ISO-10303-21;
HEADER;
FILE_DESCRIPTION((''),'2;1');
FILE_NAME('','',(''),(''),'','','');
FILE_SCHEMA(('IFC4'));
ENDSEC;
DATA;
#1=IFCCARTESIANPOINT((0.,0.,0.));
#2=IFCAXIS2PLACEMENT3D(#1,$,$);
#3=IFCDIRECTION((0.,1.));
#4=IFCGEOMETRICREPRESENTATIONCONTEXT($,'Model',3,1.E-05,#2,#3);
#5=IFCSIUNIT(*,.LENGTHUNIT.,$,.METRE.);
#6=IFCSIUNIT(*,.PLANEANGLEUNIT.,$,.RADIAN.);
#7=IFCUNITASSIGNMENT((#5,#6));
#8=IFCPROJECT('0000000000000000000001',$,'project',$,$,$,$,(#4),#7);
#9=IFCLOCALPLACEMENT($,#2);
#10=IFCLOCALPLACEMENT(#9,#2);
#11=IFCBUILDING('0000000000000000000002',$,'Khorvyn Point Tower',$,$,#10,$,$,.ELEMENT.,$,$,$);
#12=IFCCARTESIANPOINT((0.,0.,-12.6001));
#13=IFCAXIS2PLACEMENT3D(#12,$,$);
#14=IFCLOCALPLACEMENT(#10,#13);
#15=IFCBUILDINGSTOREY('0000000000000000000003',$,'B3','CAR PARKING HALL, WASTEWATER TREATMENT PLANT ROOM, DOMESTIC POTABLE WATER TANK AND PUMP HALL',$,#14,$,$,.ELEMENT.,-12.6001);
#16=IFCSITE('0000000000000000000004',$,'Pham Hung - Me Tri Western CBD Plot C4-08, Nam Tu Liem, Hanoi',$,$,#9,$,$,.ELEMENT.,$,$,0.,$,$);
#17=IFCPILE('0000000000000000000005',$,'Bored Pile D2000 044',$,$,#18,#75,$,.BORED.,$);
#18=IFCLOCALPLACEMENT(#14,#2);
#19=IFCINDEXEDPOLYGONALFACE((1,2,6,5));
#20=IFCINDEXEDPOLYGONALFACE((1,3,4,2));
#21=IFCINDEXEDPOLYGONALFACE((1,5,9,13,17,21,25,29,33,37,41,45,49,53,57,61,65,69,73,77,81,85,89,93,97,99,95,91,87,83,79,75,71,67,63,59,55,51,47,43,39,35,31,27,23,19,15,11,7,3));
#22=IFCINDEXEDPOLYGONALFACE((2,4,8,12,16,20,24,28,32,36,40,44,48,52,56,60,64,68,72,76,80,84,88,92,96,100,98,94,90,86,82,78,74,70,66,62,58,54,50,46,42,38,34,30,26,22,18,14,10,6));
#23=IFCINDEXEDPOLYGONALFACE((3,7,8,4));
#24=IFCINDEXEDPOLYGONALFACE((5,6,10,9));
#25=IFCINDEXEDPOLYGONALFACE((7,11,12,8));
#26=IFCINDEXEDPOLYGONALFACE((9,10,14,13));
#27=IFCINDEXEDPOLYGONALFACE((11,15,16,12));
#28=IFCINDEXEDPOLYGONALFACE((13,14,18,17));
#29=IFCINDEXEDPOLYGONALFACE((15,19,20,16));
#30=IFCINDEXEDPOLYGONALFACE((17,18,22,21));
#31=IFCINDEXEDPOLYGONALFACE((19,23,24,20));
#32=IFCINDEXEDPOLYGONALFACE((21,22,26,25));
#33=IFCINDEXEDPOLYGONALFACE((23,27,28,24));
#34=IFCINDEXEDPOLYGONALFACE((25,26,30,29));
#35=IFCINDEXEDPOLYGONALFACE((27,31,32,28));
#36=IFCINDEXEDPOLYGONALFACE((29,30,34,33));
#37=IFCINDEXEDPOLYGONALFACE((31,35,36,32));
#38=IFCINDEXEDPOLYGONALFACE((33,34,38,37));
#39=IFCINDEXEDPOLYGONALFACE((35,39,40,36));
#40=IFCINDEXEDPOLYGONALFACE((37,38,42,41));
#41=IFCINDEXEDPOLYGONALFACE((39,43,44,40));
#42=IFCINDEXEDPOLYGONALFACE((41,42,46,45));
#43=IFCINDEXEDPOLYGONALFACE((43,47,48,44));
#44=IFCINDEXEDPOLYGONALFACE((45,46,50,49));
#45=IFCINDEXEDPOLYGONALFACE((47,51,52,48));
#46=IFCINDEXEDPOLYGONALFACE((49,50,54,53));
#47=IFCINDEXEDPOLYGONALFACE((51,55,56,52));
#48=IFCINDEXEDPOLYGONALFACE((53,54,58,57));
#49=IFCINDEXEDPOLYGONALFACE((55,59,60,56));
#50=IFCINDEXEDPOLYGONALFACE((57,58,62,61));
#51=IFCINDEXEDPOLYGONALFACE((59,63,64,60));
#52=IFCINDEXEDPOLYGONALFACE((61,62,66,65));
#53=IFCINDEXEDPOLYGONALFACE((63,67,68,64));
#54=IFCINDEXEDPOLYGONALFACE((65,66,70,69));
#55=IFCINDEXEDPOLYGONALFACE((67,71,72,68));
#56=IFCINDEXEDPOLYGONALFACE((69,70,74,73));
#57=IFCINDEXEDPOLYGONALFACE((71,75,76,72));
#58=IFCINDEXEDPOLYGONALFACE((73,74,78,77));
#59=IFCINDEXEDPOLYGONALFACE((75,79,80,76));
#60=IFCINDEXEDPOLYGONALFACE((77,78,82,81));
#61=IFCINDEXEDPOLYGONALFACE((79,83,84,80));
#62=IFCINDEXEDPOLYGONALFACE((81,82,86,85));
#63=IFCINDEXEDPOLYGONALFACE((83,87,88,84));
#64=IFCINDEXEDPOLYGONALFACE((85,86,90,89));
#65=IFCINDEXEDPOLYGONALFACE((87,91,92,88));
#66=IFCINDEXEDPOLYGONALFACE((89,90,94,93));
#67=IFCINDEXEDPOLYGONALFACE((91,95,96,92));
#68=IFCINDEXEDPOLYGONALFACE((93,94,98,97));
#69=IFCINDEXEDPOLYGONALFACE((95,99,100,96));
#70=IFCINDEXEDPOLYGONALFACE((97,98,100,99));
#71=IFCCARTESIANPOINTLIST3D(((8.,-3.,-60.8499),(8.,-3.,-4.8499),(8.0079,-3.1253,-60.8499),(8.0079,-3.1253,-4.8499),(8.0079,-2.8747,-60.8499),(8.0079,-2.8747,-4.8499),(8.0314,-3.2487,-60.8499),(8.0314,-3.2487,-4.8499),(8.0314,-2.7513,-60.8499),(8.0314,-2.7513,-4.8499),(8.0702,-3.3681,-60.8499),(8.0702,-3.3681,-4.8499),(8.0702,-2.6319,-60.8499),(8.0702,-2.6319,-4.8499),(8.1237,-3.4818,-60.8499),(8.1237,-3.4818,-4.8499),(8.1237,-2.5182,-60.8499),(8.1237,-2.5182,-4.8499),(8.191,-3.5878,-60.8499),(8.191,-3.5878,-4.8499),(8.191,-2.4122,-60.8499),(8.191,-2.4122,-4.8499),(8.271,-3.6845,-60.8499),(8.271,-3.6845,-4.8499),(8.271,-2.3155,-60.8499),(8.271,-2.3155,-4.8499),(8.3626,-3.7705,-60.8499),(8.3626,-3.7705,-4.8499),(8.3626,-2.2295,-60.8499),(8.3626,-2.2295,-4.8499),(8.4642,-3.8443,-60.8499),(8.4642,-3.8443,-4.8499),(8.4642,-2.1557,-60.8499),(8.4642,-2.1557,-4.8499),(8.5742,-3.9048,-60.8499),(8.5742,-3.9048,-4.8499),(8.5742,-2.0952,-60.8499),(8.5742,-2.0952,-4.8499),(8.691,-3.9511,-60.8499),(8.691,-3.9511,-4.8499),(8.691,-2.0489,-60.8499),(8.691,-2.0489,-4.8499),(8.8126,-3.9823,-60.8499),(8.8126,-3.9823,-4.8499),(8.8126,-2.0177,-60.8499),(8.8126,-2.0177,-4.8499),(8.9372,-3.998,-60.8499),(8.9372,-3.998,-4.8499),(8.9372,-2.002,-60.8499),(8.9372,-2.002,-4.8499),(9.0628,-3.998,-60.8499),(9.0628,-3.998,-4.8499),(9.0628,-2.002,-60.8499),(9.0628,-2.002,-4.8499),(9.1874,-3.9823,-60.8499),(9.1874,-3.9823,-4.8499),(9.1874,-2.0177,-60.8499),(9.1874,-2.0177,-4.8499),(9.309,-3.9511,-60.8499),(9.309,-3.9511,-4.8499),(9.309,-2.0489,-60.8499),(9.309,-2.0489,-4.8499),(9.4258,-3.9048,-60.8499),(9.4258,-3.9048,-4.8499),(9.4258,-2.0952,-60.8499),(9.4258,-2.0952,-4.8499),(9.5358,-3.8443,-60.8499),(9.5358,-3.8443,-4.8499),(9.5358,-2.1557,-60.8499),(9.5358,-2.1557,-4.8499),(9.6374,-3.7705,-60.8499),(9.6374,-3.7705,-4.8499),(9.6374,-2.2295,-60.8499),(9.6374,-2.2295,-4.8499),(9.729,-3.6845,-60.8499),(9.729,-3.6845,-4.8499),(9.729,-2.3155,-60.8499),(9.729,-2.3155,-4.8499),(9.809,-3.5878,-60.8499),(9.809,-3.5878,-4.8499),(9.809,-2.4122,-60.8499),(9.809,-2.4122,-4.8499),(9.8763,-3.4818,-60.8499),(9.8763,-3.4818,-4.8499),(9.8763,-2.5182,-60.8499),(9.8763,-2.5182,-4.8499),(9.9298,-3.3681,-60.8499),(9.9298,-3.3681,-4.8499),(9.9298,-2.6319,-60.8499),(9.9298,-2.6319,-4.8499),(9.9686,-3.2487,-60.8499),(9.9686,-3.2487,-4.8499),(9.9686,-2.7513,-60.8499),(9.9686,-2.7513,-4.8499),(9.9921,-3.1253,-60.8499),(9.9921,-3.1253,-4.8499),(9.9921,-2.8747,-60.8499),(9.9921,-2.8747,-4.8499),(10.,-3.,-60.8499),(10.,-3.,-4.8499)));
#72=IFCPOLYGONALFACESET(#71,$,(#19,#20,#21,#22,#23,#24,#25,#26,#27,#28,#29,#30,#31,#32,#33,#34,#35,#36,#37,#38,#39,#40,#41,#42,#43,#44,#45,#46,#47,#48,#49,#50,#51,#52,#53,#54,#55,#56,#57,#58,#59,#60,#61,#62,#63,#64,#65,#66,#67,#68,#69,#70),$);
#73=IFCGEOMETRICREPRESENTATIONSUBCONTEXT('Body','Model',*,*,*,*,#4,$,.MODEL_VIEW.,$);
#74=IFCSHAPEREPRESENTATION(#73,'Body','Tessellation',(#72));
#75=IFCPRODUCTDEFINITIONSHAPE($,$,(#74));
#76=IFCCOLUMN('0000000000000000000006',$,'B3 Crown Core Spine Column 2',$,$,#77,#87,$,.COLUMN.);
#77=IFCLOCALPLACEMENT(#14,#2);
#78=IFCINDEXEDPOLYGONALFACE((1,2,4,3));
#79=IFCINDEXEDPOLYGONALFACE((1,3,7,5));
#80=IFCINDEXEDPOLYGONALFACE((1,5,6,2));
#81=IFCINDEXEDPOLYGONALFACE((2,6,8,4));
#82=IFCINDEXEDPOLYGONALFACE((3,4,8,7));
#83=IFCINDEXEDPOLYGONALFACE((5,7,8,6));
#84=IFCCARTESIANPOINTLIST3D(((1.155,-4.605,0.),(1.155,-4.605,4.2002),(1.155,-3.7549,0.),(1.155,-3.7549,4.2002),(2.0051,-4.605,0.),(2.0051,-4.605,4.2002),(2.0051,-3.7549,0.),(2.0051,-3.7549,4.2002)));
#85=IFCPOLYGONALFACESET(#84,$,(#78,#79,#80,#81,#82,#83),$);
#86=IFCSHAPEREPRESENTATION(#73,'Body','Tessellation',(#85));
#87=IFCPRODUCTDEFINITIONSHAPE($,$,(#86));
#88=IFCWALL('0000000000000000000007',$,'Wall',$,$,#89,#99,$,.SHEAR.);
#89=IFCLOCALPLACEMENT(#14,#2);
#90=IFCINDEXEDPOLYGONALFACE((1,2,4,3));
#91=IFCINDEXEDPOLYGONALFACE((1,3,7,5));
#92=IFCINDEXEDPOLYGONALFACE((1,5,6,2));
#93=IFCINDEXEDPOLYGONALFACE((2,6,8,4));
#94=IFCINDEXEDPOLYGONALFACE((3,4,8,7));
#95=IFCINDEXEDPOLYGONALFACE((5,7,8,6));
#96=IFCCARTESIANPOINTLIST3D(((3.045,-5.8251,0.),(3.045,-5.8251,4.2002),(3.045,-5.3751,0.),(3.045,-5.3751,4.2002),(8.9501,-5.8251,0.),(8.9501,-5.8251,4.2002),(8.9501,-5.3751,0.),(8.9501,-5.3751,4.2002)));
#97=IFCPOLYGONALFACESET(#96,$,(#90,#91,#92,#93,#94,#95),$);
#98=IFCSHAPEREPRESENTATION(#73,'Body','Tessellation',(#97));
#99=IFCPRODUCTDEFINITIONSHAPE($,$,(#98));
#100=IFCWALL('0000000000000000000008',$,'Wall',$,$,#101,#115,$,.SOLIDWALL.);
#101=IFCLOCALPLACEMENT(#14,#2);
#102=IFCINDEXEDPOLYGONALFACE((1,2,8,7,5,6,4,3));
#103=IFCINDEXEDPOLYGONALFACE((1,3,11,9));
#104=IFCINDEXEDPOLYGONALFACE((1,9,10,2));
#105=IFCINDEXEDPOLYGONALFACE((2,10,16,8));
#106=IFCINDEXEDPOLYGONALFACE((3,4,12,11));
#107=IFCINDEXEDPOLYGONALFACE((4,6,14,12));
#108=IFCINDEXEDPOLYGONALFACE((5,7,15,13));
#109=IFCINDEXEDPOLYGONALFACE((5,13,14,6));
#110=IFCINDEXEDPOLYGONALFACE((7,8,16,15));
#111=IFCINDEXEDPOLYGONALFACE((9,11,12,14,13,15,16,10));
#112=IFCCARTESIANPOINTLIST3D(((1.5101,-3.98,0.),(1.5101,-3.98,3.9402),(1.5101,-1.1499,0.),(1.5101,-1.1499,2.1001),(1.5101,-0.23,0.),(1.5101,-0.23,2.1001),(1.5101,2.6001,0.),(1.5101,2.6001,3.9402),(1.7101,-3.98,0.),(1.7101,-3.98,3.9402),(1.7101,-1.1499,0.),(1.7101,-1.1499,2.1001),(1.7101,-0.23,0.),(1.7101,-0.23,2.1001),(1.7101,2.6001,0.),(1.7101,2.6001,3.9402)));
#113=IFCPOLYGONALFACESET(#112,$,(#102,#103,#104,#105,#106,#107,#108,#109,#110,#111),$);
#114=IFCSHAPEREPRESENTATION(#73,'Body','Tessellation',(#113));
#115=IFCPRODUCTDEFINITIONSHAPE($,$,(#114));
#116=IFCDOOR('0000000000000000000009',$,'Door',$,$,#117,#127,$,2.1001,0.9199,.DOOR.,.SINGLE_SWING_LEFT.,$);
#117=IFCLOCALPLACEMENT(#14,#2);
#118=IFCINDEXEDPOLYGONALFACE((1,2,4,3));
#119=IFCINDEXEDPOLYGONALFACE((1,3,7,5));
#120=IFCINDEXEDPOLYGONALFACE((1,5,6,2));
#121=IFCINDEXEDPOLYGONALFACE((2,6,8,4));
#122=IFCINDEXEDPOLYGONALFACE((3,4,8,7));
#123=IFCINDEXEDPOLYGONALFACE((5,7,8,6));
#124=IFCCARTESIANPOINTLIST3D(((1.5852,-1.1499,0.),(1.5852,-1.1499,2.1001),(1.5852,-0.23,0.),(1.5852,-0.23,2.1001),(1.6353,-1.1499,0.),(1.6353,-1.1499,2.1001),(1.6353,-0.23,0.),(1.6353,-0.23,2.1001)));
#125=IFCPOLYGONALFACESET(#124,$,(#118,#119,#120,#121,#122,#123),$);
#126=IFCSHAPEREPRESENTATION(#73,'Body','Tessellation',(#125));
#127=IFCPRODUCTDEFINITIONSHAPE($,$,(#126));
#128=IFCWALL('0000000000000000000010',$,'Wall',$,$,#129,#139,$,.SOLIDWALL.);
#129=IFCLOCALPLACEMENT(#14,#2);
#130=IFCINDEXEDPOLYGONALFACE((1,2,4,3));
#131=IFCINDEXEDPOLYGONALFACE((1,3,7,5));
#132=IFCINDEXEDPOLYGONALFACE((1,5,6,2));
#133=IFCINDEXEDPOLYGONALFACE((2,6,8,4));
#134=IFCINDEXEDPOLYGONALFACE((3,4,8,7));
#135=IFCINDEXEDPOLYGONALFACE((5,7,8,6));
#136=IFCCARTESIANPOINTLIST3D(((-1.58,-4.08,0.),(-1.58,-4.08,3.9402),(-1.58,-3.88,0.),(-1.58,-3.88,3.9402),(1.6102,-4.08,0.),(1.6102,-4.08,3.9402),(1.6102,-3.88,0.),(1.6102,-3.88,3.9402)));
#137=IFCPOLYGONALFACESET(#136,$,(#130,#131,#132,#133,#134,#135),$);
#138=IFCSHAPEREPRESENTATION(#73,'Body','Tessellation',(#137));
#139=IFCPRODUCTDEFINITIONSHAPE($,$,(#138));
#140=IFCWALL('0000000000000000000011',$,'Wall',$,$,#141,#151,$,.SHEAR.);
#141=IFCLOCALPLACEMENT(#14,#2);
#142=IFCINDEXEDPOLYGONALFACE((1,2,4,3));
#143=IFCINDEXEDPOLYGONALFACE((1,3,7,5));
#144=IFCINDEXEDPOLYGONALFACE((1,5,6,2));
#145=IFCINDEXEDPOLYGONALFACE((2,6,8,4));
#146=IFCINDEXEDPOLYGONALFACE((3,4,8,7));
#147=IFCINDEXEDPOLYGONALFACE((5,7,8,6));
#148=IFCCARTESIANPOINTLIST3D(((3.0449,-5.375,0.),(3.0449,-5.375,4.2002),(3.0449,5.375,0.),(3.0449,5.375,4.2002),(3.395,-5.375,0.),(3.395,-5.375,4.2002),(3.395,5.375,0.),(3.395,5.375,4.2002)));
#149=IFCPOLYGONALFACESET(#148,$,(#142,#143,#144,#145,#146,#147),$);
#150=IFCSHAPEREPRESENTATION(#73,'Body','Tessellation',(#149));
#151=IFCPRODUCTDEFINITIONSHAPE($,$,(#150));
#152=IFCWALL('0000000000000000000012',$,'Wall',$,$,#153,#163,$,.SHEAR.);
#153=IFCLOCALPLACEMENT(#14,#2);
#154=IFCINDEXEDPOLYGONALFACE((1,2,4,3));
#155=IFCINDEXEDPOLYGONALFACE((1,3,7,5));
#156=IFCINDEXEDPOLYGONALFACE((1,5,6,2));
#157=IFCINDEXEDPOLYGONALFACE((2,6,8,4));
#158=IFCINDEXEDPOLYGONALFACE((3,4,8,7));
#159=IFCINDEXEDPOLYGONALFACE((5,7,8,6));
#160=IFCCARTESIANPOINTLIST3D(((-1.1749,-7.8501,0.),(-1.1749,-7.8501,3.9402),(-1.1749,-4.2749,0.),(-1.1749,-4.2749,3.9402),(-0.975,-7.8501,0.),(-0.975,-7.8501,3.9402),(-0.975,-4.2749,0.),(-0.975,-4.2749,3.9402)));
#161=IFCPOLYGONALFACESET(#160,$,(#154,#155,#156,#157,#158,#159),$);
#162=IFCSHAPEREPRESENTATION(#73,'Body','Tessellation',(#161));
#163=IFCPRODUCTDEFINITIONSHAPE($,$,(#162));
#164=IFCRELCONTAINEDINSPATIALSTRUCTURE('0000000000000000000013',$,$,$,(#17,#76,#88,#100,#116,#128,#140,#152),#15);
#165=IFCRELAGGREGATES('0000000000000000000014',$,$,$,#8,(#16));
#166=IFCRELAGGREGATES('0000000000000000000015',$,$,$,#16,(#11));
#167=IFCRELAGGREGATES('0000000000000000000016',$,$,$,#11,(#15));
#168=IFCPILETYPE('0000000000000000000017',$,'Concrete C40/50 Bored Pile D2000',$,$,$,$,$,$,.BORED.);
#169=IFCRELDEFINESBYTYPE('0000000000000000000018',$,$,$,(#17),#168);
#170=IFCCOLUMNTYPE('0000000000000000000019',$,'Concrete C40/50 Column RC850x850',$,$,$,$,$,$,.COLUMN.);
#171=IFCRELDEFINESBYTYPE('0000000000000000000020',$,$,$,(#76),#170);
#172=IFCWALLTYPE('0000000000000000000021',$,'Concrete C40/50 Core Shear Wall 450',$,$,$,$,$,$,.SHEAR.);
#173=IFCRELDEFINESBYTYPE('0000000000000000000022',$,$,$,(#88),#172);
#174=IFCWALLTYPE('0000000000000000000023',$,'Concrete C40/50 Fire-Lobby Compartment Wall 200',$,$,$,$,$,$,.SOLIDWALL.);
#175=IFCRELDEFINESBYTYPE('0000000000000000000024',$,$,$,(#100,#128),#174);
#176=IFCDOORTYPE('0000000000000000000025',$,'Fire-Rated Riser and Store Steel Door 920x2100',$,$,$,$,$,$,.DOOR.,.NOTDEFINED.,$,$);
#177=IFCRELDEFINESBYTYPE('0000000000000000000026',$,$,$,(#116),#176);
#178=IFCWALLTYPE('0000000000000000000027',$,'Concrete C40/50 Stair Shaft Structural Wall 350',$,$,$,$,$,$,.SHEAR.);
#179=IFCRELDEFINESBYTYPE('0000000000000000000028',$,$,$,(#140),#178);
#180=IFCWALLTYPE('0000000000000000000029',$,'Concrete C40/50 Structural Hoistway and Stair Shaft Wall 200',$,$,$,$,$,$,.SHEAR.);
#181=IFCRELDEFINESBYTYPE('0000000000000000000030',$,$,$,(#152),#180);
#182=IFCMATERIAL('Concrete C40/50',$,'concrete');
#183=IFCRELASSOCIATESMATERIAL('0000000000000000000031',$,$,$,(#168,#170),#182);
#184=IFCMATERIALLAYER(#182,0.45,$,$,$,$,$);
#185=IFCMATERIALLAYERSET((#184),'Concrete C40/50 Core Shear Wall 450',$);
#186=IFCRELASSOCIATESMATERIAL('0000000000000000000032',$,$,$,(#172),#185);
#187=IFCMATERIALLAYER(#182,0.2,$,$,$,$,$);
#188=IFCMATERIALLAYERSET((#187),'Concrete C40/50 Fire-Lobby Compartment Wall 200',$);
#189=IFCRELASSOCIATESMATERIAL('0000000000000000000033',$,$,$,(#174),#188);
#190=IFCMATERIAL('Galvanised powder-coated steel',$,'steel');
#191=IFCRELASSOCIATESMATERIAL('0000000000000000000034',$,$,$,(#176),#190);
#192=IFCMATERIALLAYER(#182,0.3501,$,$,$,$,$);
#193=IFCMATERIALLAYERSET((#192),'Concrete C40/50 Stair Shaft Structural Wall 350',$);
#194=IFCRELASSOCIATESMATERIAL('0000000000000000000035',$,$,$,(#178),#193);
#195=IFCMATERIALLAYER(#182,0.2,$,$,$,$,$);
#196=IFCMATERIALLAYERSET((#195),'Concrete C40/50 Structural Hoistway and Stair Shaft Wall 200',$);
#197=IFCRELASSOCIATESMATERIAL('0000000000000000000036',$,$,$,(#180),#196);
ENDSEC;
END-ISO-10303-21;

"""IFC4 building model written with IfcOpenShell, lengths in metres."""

from ifc_helpers import new_model, si_unit, direction, frame, frame_2d, origin, origin_2d, place, context, subcontext, project, spatial, rectangle, circle, extrude, material, layer, layer_set, material_profile, profile_set, type_object, element, fill, save


model = new_model("IFC4")

# Units and contexts
model_context = context("Model", 3, precision=1e-05, world=origin(), true_north=direction((0.0, 1.0)))
body_context = subcontext(model_context, "Body", "Model", "MODEL_VIEW")
ifc_project = project(units=[si_unit("LENGTHUNIT", "METRE"), si_unit("PLANEANGLEUNIT", "RADIAN")], contexts=[model_context])

# Site, building, storey
site_placement = place(None, origin())
site = spatial("IfcSite", under=ifc_project, at=site_placement, Name="Pham Hung - Me Tri Western CBD Plot C4-08, Nam Tu Liem, Hanoi", CompositionType="ELEMENT", RefElevation=0.0)
building_placement = place(site_placement, origin())
building = spatial("IfcBuilding", under=site, at=building_placement, Name="Khorvyn Point Tower", CompositionType="ELEMENT")
storey_placement = place(building_placement, frame((0.0, 0.0, -12.6001)))
storey = spatial("IfcBuildingStorey", under=building, at=storey_placement, Name="B3", Description="CAR PARKING HALL, WASTEWATER TREATMENT PLANT ROOM, DOMESTIC POTABLE WATER TANK AND PUMP HALL", CompositionType="ELEMENT", Elevation=-12.6001)

# Pile
ifc_material_1 = material(Name="Concrete C40/50", Category="concrete")
ifc_material_profile_1 = material_profile(ifc_material_1, circle(Radius=1.0, at=origin_2d()))
ifc_profile_set_1 = profile_set([ifc_material_profile_1], Name="Concrete C40/50 PILE-D2000")
pile_type = type_object("IfcPileType", Name="Concrete C40/50 Bored Pile D2000", PredefinedType="BORED", material=ifc_profile_set_1)
for number, where, z_axis, x_axis, name in (
    (1, (9.0, -3.0, -4.8499), (0.0, 0.0, -1.0), (1.0, 0.0, 0.0), "Bored Pile D2000 044"),
):
    element("IfcPile", number, at=place(storey_placement, frame(where, z_axis=z_axis, x_axis=x_axis)), inside=storey, type_object=pile_type, Name=name, PredefinedType="BORED", context=body_context, shape_type="SweptSolid", body=[
        extrude(circle(Radius=1.0, at=origin_2d()), origin(), (0.0, 0.0, 1.0), 56.0),
    ])

# Column
ifc_material_profile_2 = material_profile(ifc_material_1, rectangle(XDim=0.8501, YDim=0.8501, at=origin_2d()))
ifc_profile_set_2 = profile_set([ifc_material_profile_2], Name="Concrete C40/50 RC850x850")
column_type = type_object("IfcColumnType", Name="Concrete C40/50 Column RC850x850", PredefinedType="COLUMN", material=ifc_profile_set_2)
column_placement = place(storey_placement, frame((1.5801, -4.1799, 0.0), z_axis=(0.0, 0.0, 1.0), x_axis=(1.0, 0.0, 0.0)))
element("IfcColumn", 2, at=column_placement, inside=storey, type_object=column_type, Name="B3 Crown Core Spine Column 2", PredefinedType="COLUMN", context=body_context, shape_type="SweptSolid", body=[
    extrude(rectangle(XDim=0.8501, YDim=0.8501, at=origin_2d()), origin(), (0.0, 0.0, 1.0), 4.2002),
])

# Wall
ifc_layer_1 = layer(ifc_material_1, 0.45)
ifc_layer_set_1 = layer_set([ifc_layer_1], Name="Concrete C40/50 Core Shear Wall 450")
wall_type_1 = type_object("IfcWallType", Name="Concrete C40/50 Core Shear Wall 450", PredefinedType="SHEAR", material=ifc_layer_set_1)
wall_1_placement = place(storey_placement, frame((3.0449, -5.6001, 0.0), z_axis=(0.0, 0.0, 1.0), x_axis=(1.0, 0.0, 0.0)))
element("IfcWall", 3, at=wall_1_placement, inside=storey, type_object=wall_type_1, Name="Wall", PredefinedType="SHEAR", context=body_context, shape_type="SweptSolid", body=[
    extrude(rectangle(XDim=5.905, YDim=0.45, at=frame_2d((2.9526, 0.0))), origin(), (0.0, 0.0, 1.0), 4.2002),
])

# Wall, opening, door
ifc_layer_2 = layer(ifc_material_1, 0.2)
ifc_layer_set_2 = layer_set([ifc_layer_2], Name="Concrete C40/50 Fire-Lobby Compartment Wall 200")
wall_type_2 = type_object("IfcWallType", Name="Concrete C40/50 Fire-Lobby Compartment Wall 200", PredefinedType="SOLIDWALL", material=ifc_layer_set_2)
ifc_material_2 = material(Name="Galvanised powder-coated steel", Category="steel")
wall_2_placement = place(storey_placement, frame((1.6101, -3.98, 0.0), z_axis=(0.0, 0.0, 1.0), x_axis=(0.0, 1.0, 0.0)))
wall_2 = element("IfcWall", 4, at=wall_2_placement, inside=storey, type_object=wall_type_2, Name="Wall", PredefinedType="SOLIDWALL", context=body_context, shape_type="SweptSolid", body=[
    extrude(rectangle(XDim=6.5801, YDim=0.2, at=frame_2d((3.29, 0.0))), origin(), (0.0, 0.0, 1.0), 3.9402),
])
opening_1_placement = place(wall_2_placement, frame((2.8301, 0.0, 0.0)))
opening_1 = element("IfcOpeningElement", 5, at=opening_1_placement, cuts=wall_2, PredefinedType="OPENING", context=body_context, shape_type="SweptSolid", body=[
    extrude(rectangle(XDim=0.9199, YDim=2.1001, at=frame_2d((0.46, 1.05))), frame((0.0, 0.1099, 0.0), z_axis=(0.0, -1.0, 0.0), x_axis=(1.0, 0.0, 0.0)), (0.0, 0.0, 1.0), 0.22),
])
door_type_1 = type_object("IfcDoorType", Name="Fire-Rated Riser and Store Steel Door 920x2100", OperationType="NOTDEFINED", PredefinedType="DOOR", material=ifc_material_2)
door_1_placement = place(opening_1_placement, origin())
door_1 = element("IfcDoor", 6, at=door_1_placement, inside=storey, type_object=door_type_1, Name="Door", OperationType="SINGLE_SWING_LEFT", OverallHeight=2.1001, OverallWidth=0.9199, PredefinedType="DOOR", context=body_context, shape_type="SweptSolid", body=[
    extrude(rectangle(XDim=0.9199, YDim=2.1001, at=frame_2d((0.46, 1.05))), frame((0.0, 0.0249, 0.0), z_axis=(0.0, -1.0, 0.0), x_axis=(1.0, 0.0, 0.0)), (0.0, 0.0, 1.0), 0.05),
])
fill(opening_1, door_1)

# Walls
wall_3_placement = place(storey_placement, frame((-1.5801, -3.98, 0.0), z_axis=(0.0, 0.0, 1.0), x_axis=(1.0, 0.0, 0.0)))
element("IfcWall", 7, at=wall_3_placement, inside=storey, type_object=wall_type_2, Name="Wall", PredefinedType="SOLIDWALL", context=body_context, shape_type="SweptSolid", body=[
    extrude(rectangle(XDim=3.1902, YDim=0.2, at=frame_2d((1.5952, 0.0))), origin(), (0.0, 0.0, 1.0), 3.9402),
])
ifc_layer_3 = layer(ifc_material_1, 0.3501)
ifc_layer_set_3 = layer_set([ifc_layer_3], Name="Concrete C40/50 Stair Shaft Structural Wall 350")
wall_type_3 = type_object("IfcWallType", Name="Concrete C40/50 Stair Shaft Structural Wall 350", PredefinedType="SHEAR", material=ifc_layer_set_3)
wall_4_placement = place(storey_placement, frame((3.22, -5.375, 0.0), z_axis=(0.0, 0.0, 1.0), x_axis=(0.0, 1.0, 0.0)))
element("IfcWall", 8, at=wall_4_placement, inside=storey, type_object=wall_type_3, Name="Wall", PredefinedType="SHEAR", context=body_context, shape_type="SweptSolid", body=[
    extrude(rectangle(XDim=10.75, YDim=0.3501, at=frame_2d((5.375, 0.0))), origin(), (0.0, 0.0, 1.0), 4.2002),
])

# Wall
ifc_layer_4 = layer(ifc_material_1, 0.2)
ifc_layer_set_4 = layer_set([ifc_layer_4], Name="Concrete C40/50 Structural Hoistway and Stair Shaft Wall 200")
wall_type_4 = type_object("IfcWallType", Name="Concrete C40/50 Structural Hoistway and Stair Shaft Wall 200", PredefinedType="SHEAR", material=ifc_layer_set_4)
wall_5_placement = place(storey_placement, frame((-1.075, -7.8501, 0.0), z_axis=(0.0, 0.0, 1.0), x_axis=(0.0, 1.0, 0.0)))
element("IfcWall", 9, at=wall_5_placement, inside=storey, type_object=wall_type_4, Name="Wall", PredefinedType="SHEAR", context=body_context, shape_type="SweptSolid", body=[
    extrude(rectangle(XDim=3.5752, YDim=0.2, at=frame_2d((1.7876, 0.0))), origin(), (0.0, 0.0, 1.0), 3.9402),
])

save(model, "model.ifc")
